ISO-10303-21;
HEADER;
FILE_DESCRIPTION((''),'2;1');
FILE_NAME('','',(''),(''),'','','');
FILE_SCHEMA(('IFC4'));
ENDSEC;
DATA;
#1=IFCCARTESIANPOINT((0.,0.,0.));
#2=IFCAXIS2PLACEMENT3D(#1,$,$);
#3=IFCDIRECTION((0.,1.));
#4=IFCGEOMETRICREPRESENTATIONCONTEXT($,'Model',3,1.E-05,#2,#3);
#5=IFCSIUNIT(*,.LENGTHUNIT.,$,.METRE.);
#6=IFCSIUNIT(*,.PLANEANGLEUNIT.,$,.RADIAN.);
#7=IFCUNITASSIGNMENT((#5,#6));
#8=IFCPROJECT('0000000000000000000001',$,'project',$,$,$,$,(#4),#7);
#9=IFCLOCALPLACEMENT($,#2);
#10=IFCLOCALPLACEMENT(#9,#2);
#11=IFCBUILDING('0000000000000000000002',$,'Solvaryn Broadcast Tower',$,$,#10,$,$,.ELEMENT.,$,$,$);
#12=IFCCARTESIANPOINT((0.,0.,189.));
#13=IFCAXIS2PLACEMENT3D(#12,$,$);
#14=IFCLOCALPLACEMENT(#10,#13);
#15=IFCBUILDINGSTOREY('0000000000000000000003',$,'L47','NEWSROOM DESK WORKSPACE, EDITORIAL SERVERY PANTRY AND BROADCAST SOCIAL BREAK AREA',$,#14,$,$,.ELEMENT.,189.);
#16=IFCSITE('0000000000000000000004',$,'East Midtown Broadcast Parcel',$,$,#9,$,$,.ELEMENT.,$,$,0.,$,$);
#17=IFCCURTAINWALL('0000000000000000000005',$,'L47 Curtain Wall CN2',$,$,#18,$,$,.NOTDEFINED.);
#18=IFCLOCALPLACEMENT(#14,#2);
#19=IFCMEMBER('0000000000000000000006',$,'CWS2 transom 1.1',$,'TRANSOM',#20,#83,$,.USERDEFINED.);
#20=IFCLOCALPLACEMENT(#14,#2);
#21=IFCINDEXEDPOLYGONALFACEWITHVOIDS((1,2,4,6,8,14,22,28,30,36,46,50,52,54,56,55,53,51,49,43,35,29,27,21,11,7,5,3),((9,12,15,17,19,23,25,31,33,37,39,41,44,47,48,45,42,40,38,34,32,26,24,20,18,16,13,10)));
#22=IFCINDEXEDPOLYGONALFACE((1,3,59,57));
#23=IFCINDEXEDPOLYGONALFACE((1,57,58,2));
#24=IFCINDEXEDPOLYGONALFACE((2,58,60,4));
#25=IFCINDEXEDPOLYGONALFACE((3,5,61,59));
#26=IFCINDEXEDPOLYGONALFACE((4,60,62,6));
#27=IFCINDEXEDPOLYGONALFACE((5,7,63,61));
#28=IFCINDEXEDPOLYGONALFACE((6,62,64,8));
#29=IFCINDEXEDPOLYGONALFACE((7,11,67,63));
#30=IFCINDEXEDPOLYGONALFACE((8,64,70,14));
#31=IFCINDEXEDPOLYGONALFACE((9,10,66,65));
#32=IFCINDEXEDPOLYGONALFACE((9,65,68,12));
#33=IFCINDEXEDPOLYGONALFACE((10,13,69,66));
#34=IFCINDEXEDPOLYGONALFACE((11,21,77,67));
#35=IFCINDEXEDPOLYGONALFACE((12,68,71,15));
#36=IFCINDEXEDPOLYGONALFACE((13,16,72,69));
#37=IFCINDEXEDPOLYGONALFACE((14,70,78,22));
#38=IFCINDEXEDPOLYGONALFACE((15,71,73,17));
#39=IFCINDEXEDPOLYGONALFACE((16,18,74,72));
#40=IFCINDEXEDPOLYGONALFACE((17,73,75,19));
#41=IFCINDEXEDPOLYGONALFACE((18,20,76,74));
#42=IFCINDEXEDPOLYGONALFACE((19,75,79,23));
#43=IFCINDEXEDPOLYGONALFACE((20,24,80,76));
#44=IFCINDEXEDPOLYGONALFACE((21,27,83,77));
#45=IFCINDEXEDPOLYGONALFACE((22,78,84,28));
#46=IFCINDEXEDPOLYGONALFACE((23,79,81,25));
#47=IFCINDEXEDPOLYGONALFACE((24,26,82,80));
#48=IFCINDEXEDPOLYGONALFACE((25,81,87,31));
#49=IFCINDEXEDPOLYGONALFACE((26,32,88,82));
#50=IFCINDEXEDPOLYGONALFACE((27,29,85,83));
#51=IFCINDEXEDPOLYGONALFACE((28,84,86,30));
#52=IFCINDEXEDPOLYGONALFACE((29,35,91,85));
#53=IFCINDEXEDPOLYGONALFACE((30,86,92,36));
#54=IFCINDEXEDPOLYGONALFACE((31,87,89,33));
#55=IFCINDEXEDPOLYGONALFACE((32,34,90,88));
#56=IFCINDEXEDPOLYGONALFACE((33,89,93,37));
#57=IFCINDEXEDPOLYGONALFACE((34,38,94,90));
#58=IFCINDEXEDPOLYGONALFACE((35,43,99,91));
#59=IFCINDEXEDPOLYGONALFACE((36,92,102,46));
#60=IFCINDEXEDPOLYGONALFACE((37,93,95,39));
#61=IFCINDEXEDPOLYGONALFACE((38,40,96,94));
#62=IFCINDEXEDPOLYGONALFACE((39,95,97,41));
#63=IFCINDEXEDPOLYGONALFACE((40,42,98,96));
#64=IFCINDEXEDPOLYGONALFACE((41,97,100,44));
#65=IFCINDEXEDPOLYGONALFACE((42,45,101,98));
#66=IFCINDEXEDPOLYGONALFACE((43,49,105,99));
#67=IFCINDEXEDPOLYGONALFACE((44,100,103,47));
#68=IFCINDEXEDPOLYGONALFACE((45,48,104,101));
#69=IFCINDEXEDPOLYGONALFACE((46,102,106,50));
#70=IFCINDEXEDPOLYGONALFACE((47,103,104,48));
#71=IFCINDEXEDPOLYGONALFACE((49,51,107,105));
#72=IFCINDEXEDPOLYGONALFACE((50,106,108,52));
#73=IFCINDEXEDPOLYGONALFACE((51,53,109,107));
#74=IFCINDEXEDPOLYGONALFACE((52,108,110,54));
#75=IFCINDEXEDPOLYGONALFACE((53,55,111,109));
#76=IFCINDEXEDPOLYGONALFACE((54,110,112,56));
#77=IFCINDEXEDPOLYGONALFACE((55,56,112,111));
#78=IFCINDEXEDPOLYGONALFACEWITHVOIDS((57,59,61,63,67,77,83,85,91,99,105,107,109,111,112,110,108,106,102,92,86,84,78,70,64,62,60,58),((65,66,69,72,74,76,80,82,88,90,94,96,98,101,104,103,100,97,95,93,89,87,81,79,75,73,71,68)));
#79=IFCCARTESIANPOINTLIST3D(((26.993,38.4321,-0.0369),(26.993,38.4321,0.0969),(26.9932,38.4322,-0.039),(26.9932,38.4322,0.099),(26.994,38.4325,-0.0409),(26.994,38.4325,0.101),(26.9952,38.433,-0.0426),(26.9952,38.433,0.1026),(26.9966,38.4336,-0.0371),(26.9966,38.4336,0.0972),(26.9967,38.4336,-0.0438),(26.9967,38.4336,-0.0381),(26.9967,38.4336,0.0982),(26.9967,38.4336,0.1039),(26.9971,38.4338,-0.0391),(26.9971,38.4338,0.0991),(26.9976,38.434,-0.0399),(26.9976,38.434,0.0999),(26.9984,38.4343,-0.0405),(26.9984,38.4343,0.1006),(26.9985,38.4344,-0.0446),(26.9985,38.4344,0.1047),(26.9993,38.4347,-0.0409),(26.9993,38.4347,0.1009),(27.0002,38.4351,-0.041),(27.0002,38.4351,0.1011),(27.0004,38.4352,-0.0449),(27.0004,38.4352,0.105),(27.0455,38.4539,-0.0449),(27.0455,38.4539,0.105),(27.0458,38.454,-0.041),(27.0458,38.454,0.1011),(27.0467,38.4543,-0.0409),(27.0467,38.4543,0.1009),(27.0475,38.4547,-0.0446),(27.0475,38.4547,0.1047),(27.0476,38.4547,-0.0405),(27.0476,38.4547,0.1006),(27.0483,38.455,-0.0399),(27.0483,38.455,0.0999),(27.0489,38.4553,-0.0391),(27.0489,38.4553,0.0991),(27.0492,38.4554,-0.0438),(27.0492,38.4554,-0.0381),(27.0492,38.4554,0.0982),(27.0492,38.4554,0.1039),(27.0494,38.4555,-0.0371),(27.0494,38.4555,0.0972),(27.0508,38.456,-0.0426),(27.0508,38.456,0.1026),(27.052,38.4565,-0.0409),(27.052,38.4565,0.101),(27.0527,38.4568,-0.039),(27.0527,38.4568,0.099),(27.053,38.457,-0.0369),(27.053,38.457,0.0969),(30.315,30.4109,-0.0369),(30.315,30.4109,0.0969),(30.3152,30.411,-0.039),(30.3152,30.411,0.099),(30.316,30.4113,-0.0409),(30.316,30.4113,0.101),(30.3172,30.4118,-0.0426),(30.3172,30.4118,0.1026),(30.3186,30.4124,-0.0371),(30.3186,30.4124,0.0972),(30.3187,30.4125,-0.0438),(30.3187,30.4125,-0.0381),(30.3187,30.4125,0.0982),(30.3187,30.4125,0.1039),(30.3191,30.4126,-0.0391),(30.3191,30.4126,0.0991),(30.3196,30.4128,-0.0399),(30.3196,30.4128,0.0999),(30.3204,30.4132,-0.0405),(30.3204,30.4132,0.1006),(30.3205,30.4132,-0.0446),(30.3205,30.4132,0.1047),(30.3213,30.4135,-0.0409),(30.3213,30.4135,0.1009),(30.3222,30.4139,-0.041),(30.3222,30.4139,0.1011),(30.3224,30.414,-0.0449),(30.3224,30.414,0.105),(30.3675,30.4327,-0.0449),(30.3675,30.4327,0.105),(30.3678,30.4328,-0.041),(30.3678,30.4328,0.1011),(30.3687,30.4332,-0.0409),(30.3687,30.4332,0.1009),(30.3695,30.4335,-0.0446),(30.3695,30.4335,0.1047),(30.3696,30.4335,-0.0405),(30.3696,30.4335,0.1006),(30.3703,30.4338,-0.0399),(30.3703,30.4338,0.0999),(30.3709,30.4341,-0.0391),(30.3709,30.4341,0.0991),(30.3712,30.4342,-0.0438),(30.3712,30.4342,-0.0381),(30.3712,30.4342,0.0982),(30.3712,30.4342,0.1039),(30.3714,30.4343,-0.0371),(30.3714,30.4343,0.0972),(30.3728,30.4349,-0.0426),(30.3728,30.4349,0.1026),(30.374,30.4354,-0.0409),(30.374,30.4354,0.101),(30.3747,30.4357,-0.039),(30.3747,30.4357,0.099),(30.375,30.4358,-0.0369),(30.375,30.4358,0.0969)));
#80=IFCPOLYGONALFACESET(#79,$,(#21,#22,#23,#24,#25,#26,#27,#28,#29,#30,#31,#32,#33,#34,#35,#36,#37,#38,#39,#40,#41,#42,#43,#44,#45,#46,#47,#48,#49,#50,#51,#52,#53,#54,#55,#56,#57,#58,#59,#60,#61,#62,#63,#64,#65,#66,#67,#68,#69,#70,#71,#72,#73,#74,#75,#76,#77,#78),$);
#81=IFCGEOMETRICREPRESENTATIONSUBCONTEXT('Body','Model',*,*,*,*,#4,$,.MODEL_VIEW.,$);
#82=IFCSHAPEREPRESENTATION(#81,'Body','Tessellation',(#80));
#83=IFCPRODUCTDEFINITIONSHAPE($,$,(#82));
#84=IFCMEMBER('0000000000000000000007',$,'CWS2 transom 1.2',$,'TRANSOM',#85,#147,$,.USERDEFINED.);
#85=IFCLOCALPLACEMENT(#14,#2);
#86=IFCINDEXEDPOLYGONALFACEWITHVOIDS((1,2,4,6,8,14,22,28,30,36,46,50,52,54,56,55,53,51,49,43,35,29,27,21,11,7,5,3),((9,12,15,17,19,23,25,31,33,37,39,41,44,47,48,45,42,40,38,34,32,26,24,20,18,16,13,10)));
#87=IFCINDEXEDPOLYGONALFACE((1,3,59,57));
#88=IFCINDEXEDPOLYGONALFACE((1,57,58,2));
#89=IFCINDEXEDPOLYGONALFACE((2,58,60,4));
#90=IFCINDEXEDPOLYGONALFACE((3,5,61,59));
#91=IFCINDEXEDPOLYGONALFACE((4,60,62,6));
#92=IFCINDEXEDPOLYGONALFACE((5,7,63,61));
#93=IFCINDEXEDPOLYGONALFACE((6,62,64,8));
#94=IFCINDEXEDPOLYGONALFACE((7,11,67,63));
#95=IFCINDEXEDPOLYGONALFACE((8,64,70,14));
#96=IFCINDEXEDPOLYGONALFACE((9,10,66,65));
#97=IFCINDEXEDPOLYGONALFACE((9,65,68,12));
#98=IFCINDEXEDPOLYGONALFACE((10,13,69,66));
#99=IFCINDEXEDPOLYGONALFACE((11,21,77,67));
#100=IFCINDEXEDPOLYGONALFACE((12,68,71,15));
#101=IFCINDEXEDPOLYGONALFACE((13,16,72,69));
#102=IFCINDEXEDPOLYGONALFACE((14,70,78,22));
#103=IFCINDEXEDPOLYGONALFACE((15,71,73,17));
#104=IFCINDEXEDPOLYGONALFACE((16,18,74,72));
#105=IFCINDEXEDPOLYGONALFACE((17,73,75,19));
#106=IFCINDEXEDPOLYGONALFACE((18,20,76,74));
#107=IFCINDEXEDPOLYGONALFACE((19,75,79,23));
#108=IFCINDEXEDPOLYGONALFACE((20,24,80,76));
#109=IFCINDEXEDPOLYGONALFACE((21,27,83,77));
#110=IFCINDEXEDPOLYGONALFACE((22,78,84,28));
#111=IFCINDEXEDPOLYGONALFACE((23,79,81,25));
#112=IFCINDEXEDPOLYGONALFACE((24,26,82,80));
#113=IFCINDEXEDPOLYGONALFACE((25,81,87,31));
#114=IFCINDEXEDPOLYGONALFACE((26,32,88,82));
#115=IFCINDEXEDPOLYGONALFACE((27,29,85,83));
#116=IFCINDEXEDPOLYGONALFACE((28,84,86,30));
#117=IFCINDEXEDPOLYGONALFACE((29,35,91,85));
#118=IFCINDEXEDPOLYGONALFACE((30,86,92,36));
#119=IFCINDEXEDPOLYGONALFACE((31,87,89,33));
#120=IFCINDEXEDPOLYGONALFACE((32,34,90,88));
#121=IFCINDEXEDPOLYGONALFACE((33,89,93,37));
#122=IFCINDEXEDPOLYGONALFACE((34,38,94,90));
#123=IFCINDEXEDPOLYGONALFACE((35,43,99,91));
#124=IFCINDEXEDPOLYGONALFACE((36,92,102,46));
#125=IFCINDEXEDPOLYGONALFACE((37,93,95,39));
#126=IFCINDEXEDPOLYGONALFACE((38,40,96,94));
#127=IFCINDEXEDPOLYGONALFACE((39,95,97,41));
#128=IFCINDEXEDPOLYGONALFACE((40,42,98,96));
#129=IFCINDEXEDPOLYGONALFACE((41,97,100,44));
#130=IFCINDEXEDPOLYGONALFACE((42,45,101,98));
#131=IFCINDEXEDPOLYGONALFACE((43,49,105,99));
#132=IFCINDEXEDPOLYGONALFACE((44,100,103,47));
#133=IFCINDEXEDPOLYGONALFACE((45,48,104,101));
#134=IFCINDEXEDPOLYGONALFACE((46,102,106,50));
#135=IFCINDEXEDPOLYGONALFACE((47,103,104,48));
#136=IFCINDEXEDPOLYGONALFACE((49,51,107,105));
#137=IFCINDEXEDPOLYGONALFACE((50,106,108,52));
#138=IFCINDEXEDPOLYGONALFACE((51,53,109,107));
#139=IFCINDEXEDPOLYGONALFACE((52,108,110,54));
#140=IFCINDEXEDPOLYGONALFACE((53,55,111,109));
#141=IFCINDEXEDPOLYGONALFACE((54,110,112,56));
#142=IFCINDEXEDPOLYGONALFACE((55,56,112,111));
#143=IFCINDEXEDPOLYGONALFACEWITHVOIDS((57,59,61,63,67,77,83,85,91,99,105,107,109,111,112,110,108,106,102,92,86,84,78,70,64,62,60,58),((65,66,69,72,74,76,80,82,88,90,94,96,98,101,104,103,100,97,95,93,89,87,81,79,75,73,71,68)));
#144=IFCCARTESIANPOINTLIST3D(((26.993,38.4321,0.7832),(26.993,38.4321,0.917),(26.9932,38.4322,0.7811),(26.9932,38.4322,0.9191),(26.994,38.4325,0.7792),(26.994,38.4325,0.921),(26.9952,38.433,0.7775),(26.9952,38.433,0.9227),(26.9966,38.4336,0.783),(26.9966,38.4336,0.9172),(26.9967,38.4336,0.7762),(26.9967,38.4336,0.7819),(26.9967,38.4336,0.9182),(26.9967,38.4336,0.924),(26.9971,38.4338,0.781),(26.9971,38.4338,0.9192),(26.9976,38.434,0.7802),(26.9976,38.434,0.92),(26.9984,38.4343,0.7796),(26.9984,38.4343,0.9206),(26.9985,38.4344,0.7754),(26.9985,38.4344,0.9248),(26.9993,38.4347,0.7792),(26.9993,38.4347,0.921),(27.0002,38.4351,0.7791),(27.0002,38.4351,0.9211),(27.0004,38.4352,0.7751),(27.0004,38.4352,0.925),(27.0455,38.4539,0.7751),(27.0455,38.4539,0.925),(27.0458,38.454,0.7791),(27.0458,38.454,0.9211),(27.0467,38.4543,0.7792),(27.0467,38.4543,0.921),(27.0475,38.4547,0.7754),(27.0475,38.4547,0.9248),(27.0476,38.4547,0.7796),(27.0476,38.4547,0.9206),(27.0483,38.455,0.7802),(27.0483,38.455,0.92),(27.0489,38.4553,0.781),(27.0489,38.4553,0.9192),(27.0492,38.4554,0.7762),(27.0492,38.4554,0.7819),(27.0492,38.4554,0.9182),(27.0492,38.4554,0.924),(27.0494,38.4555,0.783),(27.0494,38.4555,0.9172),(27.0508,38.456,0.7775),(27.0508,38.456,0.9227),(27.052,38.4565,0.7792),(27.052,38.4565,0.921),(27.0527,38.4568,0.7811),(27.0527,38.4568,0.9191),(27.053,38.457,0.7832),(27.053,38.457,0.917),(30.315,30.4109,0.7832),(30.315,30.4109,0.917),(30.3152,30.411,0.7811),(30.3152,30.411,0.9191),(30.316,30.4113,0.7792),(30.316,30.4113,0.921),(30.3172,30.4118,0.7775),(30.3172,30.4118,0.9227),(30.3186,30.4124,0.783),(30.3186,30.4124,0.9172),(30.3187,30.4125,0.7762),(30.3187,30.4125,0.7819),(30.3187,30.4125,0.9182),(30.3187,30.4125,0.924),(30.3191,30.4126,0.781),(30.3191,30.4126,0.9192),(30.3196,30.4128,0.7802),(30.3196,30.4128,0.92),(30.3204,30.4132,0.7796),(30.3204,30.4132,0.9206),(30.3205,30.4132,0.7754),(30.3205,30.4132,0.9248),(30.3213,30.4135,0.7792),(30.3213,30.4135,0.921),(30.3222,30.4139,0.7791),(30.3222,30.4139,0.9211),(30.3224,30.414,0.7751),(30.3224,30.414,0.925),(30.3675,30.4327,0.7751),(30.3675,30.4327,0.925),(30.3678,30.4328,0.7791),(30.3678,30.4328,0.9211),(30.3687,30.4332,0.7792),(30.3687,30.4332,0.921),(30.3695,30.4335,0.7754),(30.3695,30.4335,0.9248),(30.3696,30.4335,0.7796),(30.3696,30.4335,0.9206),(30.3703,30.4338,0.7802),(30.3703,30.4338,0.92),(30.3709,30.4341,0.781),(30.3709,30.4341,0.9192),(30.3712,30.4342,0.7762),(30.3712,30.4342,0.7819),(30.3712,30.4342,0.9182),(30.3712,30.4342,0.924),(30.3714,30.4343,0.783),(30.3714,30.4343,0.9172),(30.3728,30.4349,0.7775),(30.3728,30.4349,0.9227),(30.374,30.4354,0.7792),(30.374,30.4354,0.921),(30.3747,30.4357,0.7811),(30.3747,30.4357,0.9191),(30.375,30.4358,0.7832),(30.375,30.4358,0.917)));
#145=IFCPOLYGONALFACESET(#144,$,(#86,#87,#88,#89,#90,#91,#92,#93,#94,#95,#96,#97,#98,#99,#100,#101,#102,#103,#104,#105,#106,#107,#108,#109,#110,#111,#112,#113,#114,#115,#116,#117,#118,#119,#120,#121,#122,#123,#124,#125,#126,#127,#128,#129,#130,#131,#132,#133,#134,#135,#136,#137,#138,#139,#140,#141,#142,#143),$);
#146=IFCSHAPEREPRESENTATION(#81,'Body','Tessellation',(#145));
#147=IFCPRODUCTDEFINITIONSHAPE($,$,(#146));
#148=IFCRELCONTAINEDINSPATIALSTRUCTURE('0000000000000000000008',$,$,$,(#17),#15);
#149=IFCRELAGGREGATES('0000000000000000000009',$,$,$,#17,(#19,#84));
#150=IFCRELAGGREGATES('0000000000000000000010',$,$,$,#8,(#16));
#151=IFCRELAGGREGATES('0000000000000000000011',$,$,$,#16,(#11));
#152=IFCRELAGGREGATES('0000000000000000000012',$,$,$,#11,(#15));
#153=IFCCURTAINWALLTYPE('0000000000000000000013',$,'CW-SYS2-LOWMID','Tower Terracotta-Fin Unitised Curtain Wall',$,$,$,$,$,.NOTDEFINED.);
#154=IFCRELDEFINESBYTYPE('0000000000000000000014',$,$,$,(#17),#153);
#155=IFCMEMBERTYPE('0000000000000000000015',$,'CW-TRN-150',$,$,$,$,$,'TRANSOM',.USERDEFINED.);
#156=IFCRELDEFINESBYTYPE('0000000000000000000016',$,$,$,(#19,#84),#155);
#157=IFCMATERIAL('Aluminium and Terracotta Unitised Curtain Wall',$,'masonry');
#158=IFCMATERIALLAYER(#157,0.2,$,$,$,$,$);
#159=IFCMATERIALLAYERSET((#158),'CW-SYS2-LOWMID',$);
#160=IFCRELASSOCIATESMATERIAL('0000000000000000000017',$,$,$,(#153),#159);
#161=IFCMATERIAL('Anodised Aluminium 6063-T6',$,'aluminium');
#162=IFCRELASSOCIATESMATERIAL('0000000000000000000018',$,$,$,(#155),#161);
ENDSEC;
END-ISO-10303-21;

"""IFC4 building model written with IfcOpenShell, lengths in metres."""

from ifc_helpers import new_model, si_unit, direction, frame, origin, origin_2d, place, context, subcontext, project, spatial, hollow_rectangle, extrude, material, layer, layer_set, material_profile, profile_set, type_object, element, aggregate, save


model = new_model("IFC4")

# Units and contexts
model_context = context("Model", 3, precision=1e-05, world=origin(), true_north=direction((0.0, 1.0)))
body_context = subcontext(model_context, "Body", "Model", "MODEL_VIEW")
ifc_project = project(units=[si_unit("LENGTHUNIT", "METRE"), si_unit("PLANEANGLEUNIT", "RADIAN")], contexts=[model_context])

# Site, building, storey
site_placement = place(None, origin())
site = spatial("IfcSite", under=ifc_project, at=site_placement, Name="East Midtown Broadcast Parcel", CompositionType="ELEMENT", RefElevation=0.0)
building_placement = place(site_placement, origin())
building = spatial("IfcBuilding", under=site, at=building_placement, Name="Solvaryn Broadcast Tower", CompositionType="ELEMENT")
storey_placement = place(building_placement, frame((0.0, 0.0, 189.0)))
storey = spatial("IfcBuildingStorey", under=building, at=storey_placement, Name="L47", Description="NEWSROOM DESK WORKSPACE, EDITORIAL SERVERY PANTRY AND BROADCAST SOCIAL BREAK AREA", CompositionType="ELEMENT", Elevation=189.0)

# Shared definitions
ifc_material_1 = material(Name="Aluminium and Terracotta Unitised Curtain Wall", Category="masonry")
ifc_layer_1 = layer(ifc_material_1, 0.2)
ifc_layer_set_1 = layer_set([ifc_layer_1], Name="CW-SYS2-LOWMID")
curtain_wall_type = type_object("IfcCurtainWallType", Name="CW-SYS2-LOWMID", Description="Tower Terracotta-Fin Unitised Curtain Wall", PredefinedType="NOTDEFINED", material=ifc_layer_set_1)

# Curtain wall, members
curtain_wall_1_placement = place(storey_placement, origin())
curtain_wall_1 = element("IfcCurtainWall", 1, at=curtain_wall_1_placement, inside=storey, type_object=curtain_wall_type, Name="L47 Curtain Wall CN2", PredefinedType="NOTDEFINED")
ifc_material_2 = material(Name="Anodised Aluminium 6063-T6", Category="aluminium")
ifc_material_profile_1 = material_profile(ifc_material_2, hollow_rectangle(XDim=0.0649, YDim=0.1499, WallThickness=0.0039, InnerFilletRadius=0.0039, OuterFilletRadius=0.0081, at=origin_2d()))
ifc_profile_set_1 = profile_set([ifc_material_profile_1], Name="Anodised Aluminium 6063-T6")
member_type_1 = type_object("IfcMemberType", Name="CW-TRN-150", ElementType="TRANSOM", PredefinedType="USERDEFINED", material=ifc_profile_set_1)
member_1_placement = place(storey_placement, frame((30.345, 30.4233, 0.03), z_axis=(-0.382636, 0.923899, 0.0), x_axis=(-0.923899, -0.382636, 0.0)))
member_1 = element("IfcMember", 2, at=member_1_placement, type_object=member_type_1, Name="CWS2 transom 1.1", ObjectType="TRANSOM", PredefinedType="USERDEFINED", context=body_context, shape_type="SweptSolid", body=[
    extrude(hollow_rectangle(XDim=0.0649, YDim=0.1499, WallThickness=0.0039, InnerFilletRadius=0.0039, OuterFilletRadius=0.0081, at=origin_2d()), origin(), (0.0, 0.0, 1.0), 8.6819),
])
member_2_placement = place(storey_placement, frame((30.345, 30.4233, 0.8501), z_axis=(-0.382636, 0.923899, 0.0), x_axis=(-0.923899, -0.382636, 0.0)))
member_2 = element("IfcMember", 3, at=member_2_placement, type_object=member_type_1, Name="CWS2 transom 1.2", ObjectType="TRANSOM", PredefinedType="USERDEFINED", context=body_context, shape_type="SweptSolid", body=[
    extrude(hollow_rectangle(XDim=0.0649, YDim=0.1499, WallThickness=0.0039, InnerFilletRadius=0.0039, OuterFilletRadius=0.0081, at=origin_2d()), origin(), (0.0, 0.0, 1.0), 8.6819),
])
aggregate(curtain_wall_1, [member_1, member_2])

save(model, "model.ifc")
